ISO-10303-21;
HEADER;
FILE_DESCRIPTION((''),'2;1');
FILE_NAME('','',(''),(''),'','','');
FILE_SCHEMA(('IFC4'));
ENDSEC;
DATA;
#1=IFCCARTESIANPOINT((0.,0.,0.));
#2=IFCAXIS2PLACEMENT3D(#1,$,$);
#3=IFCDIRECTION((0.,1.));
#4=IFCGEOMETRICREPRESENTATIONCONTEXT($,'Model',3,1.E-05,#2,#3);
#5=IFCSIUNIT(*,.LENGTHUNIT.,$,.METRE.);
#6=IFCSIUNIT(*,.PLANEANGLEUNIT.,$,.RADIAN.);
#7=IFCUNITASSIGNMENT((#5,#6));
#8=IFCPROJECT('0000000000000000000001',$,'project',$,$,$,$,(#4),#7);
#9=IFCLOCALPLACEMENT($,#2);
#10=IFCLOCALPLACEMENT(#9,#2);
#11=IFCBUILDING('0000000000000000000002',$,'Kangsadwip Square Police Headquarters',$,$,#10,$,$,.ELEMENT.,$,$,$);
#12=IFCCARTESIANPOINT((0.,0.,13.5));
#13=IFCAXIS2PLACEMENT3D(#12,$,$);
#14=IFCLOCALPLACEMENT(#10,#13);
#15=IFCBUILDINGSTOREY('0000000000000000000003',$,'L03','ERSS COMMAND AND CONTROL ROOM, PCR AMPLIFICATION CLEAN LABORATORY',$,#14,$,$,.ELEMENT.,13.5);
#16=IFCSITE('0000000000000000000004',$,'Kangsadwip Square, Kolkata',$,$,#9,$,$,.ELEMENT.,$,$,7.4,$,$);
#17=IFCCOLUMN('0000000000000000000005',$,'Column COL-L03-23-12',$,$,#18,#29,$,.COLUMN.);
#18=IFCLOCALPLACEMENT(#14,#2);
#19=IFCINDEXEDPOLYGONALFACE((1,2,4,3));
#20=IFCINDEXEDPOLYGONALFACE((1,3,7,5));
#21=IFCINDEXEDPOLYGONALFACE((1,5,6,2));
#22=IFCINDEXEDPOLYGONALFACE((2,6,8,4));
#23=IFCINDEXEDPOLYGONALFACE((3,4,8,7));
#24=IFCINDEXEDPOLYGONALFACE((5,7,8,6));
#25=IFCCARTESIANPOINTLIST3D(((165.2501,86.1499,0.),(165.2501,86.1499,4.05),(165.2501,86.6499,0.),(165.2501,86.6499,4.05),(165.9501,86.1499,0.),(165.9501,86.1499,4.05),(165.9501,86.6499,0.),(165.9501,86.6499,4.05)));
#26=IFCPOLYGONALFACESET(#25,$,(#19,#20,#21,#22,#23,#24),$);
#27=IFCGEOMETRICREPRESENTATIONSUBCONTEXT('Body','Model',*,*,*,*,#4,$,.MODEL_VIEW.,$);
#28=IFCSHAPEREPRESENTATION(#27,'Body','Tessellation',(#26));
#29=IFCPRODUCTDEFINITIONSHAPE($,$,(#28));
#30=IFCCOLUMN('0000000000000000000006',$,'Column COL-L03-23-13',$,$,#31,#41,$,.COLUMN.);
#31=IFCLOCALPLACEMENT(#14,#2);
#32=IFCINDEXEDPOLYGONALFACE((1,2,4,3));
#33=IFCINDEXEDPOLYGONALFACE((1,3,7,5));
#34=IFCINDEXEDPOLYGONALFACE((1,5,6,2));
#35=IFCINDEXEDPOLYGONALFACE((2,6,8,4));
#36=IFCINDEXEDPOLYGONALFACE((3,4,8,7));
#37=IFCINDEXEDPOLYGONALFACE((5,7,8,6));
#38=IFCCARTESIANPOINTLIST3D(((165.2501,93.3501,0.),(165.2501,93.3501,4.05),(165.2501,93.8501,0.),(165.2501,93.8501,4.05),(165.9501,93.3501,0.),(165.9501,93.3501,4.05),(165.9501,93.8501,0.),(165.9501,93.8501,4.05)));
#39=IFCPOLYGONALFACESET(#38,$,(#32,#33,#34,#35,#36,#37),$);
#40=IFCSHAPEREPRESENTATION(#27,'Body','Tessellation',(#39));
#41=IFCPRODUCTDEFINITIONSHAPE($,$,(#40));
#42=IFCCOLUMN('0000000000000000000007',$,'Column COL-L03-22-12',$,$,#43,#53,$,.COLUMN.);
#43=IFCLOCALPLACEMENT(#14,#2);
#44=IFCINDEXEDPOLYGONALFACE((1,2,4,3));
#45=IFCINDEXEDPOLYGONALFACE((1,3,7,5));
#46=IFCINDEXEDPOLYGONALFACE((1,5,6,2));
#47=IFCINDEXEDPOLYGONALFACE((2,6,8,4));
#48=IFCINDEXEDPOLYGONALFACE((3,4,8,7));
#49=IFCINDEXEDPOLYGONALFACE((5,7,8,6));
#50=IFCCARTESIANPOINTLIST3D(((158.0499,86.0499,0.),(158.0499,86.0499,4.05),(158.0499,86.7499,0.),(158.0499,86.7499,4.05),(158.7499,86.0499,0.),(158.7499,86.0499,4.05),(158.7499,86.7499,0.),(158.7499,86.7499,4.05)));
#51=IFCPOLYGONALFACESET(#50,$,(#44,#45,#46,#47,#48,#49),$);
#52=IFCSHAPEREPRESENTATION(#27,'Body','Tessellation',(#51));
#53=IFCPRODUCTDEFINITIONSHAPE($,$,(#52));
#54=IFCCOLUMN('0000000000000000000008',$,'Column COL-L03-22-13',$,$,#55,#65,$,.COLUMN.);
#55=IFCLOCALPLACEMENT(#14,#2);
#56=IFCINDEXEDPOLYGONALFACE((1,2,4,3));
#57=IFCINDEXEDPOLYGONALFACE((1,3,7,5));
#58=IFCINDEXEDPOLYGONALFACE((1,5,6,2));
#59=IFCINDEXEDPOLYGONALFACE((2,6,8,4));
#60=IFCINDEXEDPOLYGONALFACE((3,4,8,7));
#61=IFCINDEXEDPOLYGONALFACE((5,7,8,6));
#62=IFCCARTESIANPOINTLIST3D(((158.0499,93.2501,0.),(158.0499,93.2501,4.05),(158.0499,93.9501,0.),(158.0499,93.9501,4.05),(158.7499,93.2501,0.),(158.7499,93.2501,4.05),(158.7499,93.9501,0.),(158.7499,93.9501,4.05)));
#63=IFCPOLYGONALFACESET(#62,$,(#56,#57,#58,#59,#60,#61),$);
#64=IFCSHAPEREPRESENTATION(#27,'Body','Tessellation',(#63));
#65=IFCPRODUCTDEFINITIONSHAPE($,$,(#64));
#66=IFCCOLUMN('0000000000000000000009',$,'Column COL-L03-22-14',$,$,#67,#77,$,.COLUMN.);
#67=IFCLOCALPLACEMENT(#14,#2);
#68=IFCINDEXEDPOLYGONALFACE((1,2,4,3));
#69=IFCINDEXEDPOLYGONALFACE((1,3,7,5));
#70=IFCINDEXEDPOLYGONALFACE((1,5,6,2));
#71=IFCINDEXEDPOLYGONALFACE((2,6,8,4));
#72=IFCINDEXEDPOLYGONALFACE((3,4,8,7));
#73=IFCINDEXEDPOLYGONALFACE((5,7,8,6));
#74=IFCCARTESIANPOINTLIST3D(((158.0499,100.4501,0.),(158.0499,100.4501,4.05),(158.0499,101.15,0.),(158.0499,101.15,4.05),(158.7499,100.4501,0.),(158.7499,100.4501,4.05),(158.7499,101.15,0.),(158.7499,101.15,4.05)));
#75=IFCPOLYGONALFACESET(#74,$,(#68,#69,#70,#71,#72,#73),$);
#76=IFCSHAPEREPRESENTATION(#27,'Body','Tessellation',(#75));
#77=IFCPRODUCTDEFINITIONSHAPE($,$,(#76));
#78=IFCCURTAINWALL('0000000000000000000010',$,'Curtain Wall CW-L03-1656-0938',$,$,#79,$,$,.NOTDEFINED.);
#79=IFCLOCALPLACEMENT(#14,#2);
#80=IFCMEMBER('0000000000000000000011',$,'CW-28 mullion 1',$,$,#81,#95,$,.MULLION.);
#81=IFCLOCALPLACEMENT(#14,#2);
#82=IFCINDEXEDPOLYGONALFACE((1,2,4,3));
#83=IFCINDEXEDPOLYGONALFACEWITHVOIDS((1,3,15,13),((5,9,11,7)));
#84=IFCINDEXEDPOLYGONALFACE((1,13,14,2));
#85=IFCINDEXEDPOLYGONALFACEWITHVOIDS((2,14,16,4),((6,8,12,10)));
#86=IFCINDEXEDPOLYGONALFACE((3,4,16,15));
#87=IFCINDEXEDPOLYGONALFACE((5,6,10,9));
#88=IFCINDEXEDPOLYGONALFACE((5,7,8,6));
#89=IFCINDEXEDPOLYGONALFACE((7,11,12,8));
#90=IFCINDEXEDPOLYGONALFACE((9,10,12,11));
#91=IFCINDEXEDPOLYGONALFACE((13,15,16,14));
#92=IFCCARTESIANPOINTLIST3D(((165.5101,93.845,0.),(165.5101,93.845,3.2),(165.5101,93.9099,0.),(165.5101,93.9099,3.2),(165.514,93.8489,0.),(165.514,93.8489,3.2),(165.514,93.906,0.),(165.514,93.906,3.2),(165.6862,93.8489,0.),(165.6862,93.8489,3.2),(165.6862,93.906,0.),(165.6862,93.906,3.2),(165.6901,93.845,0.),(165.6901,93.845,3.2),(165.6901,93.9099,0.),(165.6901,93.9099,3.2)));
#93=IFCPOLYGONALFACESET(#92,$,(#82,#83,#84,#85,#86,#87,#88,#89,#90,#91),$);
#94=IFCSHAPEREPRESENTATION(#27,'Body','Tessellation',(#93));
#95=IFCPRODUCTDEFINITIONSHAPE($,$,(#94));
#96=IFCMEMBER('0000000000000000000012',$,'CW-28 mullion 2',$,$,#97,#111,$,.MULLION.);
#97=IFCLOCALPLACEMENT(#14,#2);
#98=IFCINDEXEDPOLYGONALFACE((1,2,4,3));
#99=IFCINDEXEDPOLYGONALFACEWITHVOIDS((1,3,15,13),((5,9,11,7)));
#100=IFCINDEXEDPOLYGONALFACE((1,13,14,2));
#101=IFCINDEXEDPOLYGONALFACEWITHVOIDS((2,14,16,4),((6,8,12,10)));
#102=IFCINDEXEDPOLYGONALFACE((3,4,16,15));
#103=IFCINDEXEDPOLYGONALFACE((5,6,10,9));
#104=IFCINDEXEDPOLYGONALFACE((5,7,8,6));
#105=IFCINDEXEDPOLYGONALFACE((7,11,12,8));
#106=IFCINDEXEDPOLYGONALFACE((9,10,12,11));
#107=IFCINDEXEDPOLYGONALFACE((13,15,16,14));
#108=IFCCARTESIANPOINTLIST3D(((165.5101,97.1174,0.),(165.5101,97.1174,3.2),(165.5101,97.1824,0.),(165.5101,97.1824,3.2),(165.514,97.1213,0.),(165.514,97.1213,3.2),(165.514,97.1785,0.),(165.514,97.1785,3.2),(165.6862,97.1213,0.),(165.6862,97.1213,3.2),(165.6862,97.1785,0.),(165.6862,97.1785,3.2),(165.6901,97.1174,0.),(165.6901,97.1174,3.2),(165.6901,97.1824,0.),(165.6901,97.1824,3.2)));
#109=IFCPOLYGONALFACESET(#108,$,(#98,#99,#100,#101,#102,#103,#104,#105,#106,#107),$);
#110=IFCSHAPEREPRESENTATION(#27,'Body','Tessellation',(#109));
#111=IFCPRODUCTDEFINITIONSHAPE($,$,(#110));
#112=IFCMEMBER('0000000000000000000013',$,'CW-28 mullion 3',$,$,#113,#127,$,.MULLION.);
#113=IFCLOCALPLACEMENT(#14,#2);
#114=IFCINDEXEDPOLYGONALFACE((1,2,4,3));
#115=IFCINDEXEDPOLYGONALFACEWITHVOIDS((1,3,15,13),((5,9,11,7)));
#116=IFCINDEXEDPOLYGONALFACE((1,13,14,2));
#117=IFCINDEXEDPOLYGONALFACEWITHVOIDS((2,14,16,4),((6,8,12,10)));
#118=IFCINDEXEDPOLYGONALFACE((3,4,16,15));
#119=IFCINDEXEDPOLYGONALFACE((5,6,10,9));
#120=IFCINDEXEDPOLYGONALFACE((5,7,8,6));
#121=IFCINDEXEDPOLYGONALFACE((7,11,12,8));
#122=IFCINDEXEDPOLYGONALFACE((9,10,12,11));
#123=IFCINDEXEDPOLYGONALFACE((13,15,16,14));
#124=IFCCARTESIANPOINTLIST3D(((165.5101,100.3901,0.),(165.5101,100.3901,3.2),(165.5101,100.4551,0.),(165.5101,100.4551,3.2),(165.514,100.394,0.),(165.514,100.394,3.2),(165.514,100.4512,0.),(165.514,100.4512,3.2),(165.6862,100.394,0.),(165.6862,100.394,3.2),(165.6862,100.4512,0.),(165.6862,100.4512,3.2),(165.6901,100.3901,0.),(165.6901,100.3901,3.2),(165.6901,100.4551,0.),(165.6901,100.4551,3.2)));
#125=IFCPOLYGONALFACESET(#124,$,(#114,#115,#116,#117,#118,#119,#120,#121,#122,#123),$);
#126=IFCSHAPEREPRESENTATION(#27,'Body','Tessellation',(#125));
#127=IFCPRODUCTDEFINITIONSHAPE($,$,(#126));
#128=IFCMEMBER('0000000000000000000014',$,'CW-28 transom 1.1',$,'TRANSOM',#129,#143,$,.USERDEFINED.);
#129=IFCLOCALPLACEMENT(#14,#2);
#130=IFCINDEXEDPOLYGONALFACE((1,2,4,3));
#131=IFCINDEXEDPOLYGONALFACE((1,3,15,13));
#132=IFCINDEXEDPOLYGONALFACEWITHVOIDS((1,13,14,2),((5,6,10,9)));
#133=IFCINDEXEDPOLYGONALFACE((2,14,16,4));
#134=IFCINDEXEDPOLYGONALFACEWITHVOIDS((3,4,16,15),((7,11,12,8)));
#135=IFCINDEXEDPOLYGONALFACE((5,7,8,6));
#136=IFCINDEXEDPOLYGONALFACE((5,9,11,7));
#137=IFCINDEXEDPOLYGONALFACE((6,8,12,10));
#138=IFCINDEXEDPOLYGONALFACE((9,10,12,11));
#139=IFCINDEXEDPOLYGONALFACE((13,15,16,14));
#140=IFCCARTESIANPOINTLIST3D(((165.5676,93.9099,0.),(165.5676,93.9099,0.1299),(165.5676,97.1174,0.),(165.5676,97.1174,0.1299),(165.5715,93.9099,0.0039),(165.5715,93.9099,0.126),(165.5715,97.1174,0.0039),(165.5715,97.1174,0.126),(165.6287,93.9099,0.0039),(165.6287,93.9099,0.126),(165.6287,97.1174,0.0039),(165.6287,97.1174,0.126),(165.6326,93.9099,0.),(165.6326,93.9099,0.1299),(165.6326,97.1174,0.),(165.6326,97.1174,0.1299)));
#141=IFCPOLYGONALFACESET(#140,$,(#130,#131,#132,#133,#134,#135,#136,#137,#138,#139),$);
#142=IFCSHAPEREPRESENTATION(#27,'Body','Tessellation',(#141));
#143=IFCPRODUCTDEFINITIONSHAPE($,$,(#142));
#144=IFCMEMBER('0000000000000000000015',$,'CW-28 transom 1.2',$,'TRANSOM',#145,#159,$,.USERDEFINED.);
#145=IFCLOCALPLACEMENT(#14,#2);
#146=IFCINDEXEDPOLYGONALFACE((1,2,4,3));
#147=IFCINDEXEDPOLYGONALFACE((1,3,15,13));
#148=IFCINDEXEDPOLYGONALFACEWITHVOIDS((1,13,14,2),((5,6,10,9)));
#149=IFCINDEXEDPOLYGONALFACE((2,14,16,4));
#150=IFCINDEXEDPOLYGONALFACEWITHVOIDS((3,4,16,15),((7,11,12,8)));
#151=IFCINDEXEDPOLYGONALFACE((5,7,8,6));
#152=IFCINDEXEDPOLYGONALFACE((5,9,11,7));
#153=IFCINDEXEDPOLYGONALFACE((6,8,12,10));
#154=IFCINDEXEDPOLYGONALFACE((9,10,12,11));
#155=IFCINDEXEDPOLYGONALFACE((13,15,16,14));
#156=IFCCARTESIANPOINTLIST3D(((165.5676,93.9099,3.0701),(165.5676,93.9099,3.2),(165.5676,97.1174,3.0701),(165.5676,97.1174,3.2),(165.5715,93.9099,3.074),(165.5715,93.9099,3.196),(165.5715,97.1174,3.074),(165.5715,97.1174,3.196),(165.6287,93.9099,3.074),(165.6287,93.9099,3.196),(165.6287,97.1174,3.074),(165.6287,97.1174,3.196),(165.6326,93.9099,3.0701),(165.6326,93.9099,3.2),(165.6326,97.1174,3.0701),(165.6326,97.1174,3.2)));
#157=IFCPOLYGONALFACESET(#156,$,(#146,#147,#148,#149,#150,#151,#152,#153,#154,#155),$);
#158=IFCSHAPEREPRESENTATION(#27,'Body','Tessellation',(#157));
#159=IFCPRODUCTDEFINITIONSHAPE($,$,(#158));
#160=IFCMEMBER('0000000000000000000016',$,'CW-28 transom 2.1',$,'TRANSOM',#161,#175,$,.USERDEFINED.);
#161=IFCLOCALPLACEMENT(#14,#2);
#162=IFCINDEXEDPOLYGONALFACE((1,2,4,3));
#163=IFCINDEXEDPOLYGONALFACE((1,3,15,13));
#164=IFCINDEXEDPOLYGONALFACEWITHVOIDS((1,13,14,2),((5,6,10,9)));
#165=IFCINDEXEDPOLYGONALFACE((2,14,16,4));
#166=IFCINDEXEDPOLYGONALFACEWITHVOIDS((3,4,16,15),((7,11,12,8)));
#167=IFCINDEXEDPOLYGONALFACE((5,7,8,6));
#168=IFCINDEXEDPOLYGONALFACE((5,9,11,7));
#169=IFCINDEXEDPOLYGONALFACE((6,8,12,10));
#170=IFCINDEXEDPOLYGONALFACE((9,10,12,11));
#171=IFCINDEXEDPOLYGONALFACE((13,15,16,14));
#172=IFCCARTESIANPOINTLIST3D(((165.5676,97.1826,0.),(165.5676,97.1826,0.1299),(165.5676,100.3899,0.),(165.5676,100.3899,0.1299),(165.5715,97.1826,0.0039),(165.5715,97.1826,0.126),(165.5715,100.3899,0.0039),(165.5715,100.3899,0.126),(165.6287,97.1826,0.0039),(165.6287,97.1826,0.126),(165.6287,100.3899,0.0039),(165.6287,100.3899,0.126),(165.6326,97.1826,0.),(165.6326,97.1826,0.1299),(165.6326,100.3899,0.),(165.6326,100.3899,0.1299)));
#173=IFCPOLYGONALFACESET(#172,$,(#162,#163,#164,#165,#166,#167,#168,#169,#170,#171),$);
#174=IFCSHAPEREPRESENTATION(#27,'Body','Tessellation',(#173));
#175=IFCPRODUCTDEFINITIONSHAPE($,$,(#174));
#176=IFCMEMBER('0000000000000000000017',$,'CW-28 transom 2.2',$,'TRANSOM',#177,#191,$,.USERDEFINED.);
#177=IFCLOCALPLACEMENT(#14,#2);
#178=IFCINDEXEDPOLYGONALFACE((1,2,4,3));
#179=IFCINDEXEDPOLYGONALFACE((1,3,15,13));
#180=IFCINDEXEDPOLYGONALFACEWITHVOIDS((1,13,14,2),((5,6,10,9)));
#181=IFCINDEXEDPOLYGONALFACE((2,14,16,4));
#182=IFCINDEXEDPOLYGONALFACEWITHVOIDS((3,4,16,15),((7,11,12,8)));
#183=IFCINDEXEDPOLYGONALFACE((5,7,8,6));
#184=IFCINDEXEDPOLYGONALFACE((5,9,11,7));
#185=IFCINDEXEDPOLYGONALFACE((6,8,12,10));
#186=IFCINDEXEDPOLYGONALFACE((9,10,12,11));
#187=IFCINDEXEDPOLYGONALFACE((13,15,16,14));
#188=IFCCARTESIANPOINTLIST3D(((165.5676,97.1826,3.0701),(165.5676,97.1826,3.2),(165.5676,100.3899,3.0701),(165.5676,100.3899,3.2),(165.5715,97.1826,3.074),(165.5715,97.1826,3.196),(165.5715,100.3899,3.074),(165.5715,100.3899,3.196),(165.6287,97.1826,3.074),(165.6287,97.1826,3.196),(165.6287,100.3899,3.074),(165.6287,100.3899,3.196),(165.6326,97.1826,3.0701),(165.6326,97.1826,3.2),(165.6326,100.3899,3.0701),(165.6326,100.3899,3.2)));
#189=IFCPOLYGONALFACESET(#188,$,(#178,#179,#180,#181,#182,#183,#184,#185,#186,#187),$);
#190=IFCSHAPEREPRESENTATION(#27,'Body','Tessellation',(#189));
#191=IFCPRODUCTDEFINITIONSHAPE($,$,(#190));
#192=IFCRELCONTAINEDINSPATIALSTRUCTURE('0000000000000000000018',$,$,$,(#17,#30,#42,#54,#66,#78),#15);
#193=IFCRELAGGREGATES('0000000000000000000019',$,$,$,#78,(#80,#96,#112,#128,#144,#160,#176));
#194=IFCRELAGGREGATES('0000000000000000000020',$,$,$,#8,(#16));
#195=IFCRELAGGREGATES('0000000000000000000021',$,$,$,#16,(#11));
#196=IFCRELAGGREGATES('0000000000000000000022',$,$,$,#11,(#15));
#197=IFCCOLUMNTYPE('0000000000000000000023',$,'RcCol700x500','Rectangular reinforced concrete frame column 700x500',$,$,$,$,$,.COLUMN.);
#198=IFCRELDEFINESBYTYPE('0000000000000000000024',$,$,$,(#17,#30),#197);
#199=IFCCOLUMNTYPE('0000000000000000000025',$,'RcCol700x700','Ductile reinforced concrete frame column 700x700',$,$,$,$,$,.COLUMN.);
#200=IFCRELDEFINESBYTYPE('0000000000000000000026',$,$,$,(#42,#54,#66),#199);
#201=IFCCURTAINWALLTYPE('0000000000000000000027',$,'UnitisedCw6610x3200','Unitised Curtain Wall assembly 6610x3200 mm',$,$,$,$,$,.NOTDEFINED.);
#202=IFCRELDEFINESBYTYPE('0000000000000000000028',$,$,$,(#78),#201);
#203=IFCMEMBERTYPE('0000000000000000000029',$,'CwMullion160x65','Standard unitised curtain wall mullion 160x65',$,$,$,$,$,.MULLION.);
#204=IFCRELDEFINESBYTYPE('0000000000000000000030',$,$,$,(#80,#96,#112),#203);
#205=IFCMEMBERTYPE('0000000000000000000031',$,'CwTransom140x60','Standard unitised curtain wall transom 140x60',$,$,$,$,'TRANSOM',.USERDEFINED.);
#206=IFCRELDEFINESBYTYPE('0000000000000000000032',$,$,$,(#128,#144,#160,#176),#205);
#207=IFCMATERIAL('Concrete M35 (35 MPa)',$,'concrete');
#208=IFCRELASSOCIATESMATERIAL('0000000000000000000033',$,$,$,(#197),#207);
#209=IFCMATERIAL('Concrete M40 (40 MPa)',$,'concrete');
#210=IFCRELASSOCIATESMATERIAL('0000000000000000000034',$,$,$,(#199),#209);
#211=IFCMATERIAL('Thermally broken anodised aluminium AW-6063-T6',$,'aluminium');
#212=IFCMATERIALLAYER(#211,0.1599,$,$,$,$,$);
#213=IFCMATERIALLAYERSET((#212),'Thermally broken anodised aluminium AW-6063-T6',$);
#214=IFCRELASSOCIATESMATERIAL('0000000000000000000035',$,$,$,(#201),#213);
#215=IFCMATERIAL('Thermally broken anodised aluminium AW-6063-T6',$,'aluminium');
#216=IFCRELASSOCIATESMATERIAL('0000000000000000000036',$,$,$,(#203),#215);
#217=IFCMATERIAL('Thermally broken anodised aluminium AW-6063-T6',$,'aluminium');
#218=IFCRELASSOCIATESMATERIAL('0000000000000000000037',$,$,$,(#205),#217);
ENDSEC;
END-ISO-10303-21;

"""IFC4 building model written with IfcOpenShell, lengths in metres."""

from ifc_helpers import new_model, si_unit, direction, frame, origin, origin_2d, place, context, subcontext, project, spatial, rectangle, hollow_rectangle, extrude, material, layer, layer_set, material_profile, profile_set, type_object, element, aggregate, save


model = new_model("IFC4")

# Units and contexts
model_context = context("Model", 3, precision=1e-05, world=origin(), true_north=direction((0.0, 1.0)))
body_context = subcontext(model_context, "Body", "Model", "MODEL_VIEW")
ifc_project = project(units=[si_unit("LENGTHUNIT", "METRE"), si_unit("PLANEANGLEUNIT", "RADIAN")], contexts=[model_context])

# Site, building, storey
site_placement = place(None, origin())
site = spatial("IfcSite", under=ifc_project, at=site_placement, Name="Kangsadwip Square, Kolkata", CompositionType="ELEMENT", RefElevation=7.4)
building_placement = place(site_placement, origin())
building = spatial("IfcBuilding", under=site, at=building_placement, Name="Kangsadwip Square Police Headquarters", CompositionType="ELEMENT")
storey_placement = place(building_placement, frame((0.0, 0.0, 13.5)))
storey = spatial("IfcBuildingStorey", under=building, at=storey_placement, Name="L03", Description="ERSS COMMAND AND CONTROL ROOM, PCR AMPLIFICATION CLEAN LABORATORY", CompositionType="ELEMENT", Elevation=13.5)

# Columns
ifc_material_1 = material(Name="Concrete M35 (35 MPa)", Category="concrete")
ifc_material_profile_1 = material_profile(ifc_material_1, rectangle(XDim=0.5, YDim=0.7, at=origin_2d()), Name="RC COL 700X500")
ifc_profile_set_1 = profile_set([ifc_material_profile_1], Name="Concrete M35 (35 MPa)")
column_type_1 = type_object("IfcColumnType", Name="RcCol700x500", Description="Rectangular reinforced concrete frame column 700x500", PredefinedType="COLUMN", material=ifc_profile_set_1)
for number, where, z_axis, x_axis, name in (
    (1, (165.6001, 86.3999, 0.0), (0.0, 0.0, 1.0), (0.0, 1.0, 0.0), "Column COL-L03-23-12"),
    (2, (165.6001, 93.6001, 0.0), (0.0, 0.0, 1.0), (0.0, 1.0, 0.0), "Column COL-L03-23-13"),
):
    element("IfcColumn", number, at=place(storey_placement, frame(where, z_axis=z_axis, x_axis=x_axis)), inside=storey, type_object=column_type_1, Name=name, PredefinedType="COLUMN", context=body_context, shape_type="SweptSolid", body=[
        extrude(rectangle(XDim=0.5, YDim=0.7, at=origin_2d()), origin(), (0.0, 0.0, 1.0), 4.05),
    ])
ifc_material_2 = material(Name="Concrete M40 (40 MPa)", Category="concrete")
ifc_material_profile_2 = material_profile(ifc_material_2, rectangle(XDim=0.7, YDim=0.7, at=origin_2d()), Name="RC COL 700X700")
ifc_profile_set_2 = profile_set([ifc_material_profile_2], Name="Concrete M40 (40 MPa)")
column_type_2 = type_object("IfcColumnType", Name="RcCol700x700", Description="Ductile reinforced concrete frame column 700x700", PredefinedType="COLUMN", material=ifc_profile_set_2)
for number, where, z_axis, x_axis, name in (
    (3, (158.3999, 86.3999, 0.0), (0.0, 0.0, 1.0), (1.0, 0.0, 0.0), "Column COL-L03-22-12"),
    (4, (158.3999, 93.6001, 0.0), (0.0, 0.0, 1.0), (1.0, 0.0, 0.0), "Column COL-L03-22-13"),
    (5, (158.3999, 100.8, 0.0), (0.0, 0.0, 1.0), (1.0, 0.0, 0.0), "Column COL-L03-22-14"),
):
    element("IfcColumn", number, at=place(storey_placement, frame(where, z_axis=z_axis, x_axis=x_axis)), inside=storey, type_object=column_type_2, Name=name, PredefinedType="COLUMN", context=body_context, shape_type="SweptSolid", body=[
        extrude(rectangle(XDim=0.7, YDim=0.7, at=origin_2d()), origin(), (0.0, 0.0, 1.0), 4.05),
    ])

# Curtain wall, members
ifc_material_3 = material(Name="Thermally broken anodised aluminium AW-6063-T6", Category="aluminium")
ifc_layer_1 = layer(ifc_material_3, 0.1599)
ifc_layer_set_1 = layer_set([ifc_layer_1], Name="Thermally broken anodised aluminium AW-6063-T6")
curtain_wall_type = type_object("IfcCurtainWallType", Name="UnitisedCw6610x3200", Description="Unitised Curtain Wall assembly 6610x3200 mm", PredefinedType="NOTDEFINED", material=ifc_layer_set_1)
curtain_wall_placement = place(storey_placement, origin())
curtain_wall = element("IfcCurtainWall", 6, at=curtain_wall_placement, inside=storey, type_object=curtain_wall_type, Name="Curtain Wall CW-L03-1656-0938", PredefinedType="NOTDEFINED")
ifc_material_4 = material(Name="Thermally broken anodised aluminium AW-6063-T6", Category="aluminium")
ifc_material_profile_3 = material_profile(ifc_material_4, hollow_rectangle(XDim=0.0649, YDim=0.1799, WallThickness=0.0039, at=origin_2d()), Name="CWM 180X65X4")
ifc_profile_set_3 = profile_set([ifc_material_profile_3], Name="Thermally broken anodised aluminium AW-6063-T6")
member_type_1 = type_object("IfcMemberType", Name="CwMullion160x65", Description="Standard unitised curtain wall mullion 160x65", PredefinedType="MULLION", material=ifc_profile_set_3)
member_1_placement = place(storey_placement, frame((165.6001, 93.8774, 0.0), z_axis=(0.0, 0.0, 1.0), x_axis=(0.0, 1.0, 0.0)))
member_1 = element("IfcMember", 7, at=member_1_placement, type_object=member_type_1, Name="CW-28 mullion 1", PredefinedType="MULLION", context=body_context, shape_type="SweptSolid", body=[
    extrude(hollow_rectangle(XDim=0.0649, YDim=0.1799, WallThickness=0.0039, at=origin_2d()), origin(), (0.0, 0.0, 1.0), 3.2),
])
member_2_placement = place(storey_placement, frame((165.6001, 97.1499, 0.0), z_axis=(0.0, 0.0, 1.0), x_axis=(0.0, 1.0, 0.0)))
member_2 = element("IfcMember", 8, at=member_2_placement, type_object=member_type_1, Name="CW-28 mullion 2", PredefinedType="MULLION", context=body_context, shape_type="SweptSolid", body=[
    extrude(hollow_rectangle(XDim=0.0649, YDim=0.1799, WallThickness=0.0039, at=origin_2d()), origin(), (0.0, 0.0, 1.0), 3.2),
])
member_3_placement = place(storey_placement, frame((165.6001, 100.4226, 0.0), z_axis=(0.0, 0.0, 1.0), x_axis=(0.0, 1.0, 0.0)))
member_3 = element("IfcMember", 9, at=member_3_placement, type_object=member_type_1, Name="CW-28 mullion 3", PredefinedType="MULLION", context=body_context, shape_type="SweptSolid", body=[
    extrude(hollow_rectangle(XDim=0.0649, YDim=0.1799, WallThickness=0.0039, at=origin_2d()), origin(), (0.0, 0.0, 1.0), 3.2),
])
ifc_material_5 = material(Name="Thermally broken anodised aluminium AW-6063-T6", Category="aluminium")
ifc_material_profile_4 = material_profile(ifc_material_5, hollow_rectangle(XDim=0.0649, YDim=0.1299, WallThickness=0.0039, at=origin_2d()), Name="CWT 130X65X4")
ifc_profile_set_4 = profile_set([ifc_material_profile_4], Name="Thermally broken anodised aluminium AW-6063-T6")
member_type_2 = type_object("IfcMemberType", Name="CwTransom140x60", Description="Standard unitised curtain wall transom 140x60", ElementType="TRANSOM", PredefinedType="USERDEFINED", material=ifc_profile_set_4)
member_4_placement = place(storey_placement, frame((165.6001, 93.9099, 0.0649), z_axis=(0.0, 1.0, 0.0), x_axis=(-1.0, 0.0, 0.0)))
member_4 = element("IfcMember", 10, at=member_4_placement, type_object=member_type_2, Name="CW-28 transom 1.1", ObjectType="TRANSOM", PredefinedType="USERDEFINED", context=body_context, shape_type="SweptSolid", body=[
    extrude(hollow_rectangle(XDim=0.0649, YDim=0.1299, WallThickness=0.0039, at=origin_2d()), origin(), (0.0, 0.0, 1.0), 3.2075),
])
member_5_placement = place(storey_placement, frame((165.6001, 93.9099, 3.135), z_axis=(0.0, 1.0, 0.0), x_axis=(-1.0, 0.0, 0.0)))
member_5 = element("IfcMember", 11, at=member_5_placement, type_object=member_type_2, Name="CW-28 transom 1.2", ObjectType="TRANSOM", PredefinedType="USERDEFINED", context=body_context, shape_type="SweptSolid", body=[
    extrude(hollow_rectangle(XDim=0.0649, YDim=0.1299, WallThickness=0.0039, at=origin_2d()), origin(), (0.0, 0.0, 1.0), 3.2075),
])
member_6_placement = place(storey_placement, frame((165.6001, 97.1826, 0.0649), z_axis=(0.0, 1.0, 0.0), x_axis=(-1.0, 0.0, 0.0)))
member_6 = element("IfcMember", 12, at=member_6_placement, type_object=member_type_2, Name="CW-28 transom 2.1", ObjectType="TRANSOM", PredefinedType="USERDEFINED", context=body_context, shape_type="SweptSolid", body=[
    extrude(hollow_rectangle(XDim=0.0649, YDim=0.1299, WallThickness=0.0039, at=origin_2d()), origin(), (0.0, 0.0, 1.0), 3.2073),
])
member_7_placement = place(storey_placement, frame((165.6001, 97.1826, 3.135), z_axis=(0.0, 1.0, 0.0), x_axis=(-1.0, 0.0, 0.0)))
member_7 = element("IfcMember", 13, at=member_7_placement, type_object=member_type_2, Name="CW-28 transom 2.2", ObjectType="TRANSOM", PredefinedType="USERDEFINED", context=body_context, shape_type="SweptSolid", body=[
    extrude(hollow_rectangle(XDim=0.0649, YDim=0.1299, WallThickness=0.0039, at=origin_2d()), origin(), (0.0, 0.0, 1.0), 3.2073),
])

aggregate(curtain_wall, [member_1, member_2, member_3, member_4, member_5, member_6, member_7])

save(model, "model.ifc")
